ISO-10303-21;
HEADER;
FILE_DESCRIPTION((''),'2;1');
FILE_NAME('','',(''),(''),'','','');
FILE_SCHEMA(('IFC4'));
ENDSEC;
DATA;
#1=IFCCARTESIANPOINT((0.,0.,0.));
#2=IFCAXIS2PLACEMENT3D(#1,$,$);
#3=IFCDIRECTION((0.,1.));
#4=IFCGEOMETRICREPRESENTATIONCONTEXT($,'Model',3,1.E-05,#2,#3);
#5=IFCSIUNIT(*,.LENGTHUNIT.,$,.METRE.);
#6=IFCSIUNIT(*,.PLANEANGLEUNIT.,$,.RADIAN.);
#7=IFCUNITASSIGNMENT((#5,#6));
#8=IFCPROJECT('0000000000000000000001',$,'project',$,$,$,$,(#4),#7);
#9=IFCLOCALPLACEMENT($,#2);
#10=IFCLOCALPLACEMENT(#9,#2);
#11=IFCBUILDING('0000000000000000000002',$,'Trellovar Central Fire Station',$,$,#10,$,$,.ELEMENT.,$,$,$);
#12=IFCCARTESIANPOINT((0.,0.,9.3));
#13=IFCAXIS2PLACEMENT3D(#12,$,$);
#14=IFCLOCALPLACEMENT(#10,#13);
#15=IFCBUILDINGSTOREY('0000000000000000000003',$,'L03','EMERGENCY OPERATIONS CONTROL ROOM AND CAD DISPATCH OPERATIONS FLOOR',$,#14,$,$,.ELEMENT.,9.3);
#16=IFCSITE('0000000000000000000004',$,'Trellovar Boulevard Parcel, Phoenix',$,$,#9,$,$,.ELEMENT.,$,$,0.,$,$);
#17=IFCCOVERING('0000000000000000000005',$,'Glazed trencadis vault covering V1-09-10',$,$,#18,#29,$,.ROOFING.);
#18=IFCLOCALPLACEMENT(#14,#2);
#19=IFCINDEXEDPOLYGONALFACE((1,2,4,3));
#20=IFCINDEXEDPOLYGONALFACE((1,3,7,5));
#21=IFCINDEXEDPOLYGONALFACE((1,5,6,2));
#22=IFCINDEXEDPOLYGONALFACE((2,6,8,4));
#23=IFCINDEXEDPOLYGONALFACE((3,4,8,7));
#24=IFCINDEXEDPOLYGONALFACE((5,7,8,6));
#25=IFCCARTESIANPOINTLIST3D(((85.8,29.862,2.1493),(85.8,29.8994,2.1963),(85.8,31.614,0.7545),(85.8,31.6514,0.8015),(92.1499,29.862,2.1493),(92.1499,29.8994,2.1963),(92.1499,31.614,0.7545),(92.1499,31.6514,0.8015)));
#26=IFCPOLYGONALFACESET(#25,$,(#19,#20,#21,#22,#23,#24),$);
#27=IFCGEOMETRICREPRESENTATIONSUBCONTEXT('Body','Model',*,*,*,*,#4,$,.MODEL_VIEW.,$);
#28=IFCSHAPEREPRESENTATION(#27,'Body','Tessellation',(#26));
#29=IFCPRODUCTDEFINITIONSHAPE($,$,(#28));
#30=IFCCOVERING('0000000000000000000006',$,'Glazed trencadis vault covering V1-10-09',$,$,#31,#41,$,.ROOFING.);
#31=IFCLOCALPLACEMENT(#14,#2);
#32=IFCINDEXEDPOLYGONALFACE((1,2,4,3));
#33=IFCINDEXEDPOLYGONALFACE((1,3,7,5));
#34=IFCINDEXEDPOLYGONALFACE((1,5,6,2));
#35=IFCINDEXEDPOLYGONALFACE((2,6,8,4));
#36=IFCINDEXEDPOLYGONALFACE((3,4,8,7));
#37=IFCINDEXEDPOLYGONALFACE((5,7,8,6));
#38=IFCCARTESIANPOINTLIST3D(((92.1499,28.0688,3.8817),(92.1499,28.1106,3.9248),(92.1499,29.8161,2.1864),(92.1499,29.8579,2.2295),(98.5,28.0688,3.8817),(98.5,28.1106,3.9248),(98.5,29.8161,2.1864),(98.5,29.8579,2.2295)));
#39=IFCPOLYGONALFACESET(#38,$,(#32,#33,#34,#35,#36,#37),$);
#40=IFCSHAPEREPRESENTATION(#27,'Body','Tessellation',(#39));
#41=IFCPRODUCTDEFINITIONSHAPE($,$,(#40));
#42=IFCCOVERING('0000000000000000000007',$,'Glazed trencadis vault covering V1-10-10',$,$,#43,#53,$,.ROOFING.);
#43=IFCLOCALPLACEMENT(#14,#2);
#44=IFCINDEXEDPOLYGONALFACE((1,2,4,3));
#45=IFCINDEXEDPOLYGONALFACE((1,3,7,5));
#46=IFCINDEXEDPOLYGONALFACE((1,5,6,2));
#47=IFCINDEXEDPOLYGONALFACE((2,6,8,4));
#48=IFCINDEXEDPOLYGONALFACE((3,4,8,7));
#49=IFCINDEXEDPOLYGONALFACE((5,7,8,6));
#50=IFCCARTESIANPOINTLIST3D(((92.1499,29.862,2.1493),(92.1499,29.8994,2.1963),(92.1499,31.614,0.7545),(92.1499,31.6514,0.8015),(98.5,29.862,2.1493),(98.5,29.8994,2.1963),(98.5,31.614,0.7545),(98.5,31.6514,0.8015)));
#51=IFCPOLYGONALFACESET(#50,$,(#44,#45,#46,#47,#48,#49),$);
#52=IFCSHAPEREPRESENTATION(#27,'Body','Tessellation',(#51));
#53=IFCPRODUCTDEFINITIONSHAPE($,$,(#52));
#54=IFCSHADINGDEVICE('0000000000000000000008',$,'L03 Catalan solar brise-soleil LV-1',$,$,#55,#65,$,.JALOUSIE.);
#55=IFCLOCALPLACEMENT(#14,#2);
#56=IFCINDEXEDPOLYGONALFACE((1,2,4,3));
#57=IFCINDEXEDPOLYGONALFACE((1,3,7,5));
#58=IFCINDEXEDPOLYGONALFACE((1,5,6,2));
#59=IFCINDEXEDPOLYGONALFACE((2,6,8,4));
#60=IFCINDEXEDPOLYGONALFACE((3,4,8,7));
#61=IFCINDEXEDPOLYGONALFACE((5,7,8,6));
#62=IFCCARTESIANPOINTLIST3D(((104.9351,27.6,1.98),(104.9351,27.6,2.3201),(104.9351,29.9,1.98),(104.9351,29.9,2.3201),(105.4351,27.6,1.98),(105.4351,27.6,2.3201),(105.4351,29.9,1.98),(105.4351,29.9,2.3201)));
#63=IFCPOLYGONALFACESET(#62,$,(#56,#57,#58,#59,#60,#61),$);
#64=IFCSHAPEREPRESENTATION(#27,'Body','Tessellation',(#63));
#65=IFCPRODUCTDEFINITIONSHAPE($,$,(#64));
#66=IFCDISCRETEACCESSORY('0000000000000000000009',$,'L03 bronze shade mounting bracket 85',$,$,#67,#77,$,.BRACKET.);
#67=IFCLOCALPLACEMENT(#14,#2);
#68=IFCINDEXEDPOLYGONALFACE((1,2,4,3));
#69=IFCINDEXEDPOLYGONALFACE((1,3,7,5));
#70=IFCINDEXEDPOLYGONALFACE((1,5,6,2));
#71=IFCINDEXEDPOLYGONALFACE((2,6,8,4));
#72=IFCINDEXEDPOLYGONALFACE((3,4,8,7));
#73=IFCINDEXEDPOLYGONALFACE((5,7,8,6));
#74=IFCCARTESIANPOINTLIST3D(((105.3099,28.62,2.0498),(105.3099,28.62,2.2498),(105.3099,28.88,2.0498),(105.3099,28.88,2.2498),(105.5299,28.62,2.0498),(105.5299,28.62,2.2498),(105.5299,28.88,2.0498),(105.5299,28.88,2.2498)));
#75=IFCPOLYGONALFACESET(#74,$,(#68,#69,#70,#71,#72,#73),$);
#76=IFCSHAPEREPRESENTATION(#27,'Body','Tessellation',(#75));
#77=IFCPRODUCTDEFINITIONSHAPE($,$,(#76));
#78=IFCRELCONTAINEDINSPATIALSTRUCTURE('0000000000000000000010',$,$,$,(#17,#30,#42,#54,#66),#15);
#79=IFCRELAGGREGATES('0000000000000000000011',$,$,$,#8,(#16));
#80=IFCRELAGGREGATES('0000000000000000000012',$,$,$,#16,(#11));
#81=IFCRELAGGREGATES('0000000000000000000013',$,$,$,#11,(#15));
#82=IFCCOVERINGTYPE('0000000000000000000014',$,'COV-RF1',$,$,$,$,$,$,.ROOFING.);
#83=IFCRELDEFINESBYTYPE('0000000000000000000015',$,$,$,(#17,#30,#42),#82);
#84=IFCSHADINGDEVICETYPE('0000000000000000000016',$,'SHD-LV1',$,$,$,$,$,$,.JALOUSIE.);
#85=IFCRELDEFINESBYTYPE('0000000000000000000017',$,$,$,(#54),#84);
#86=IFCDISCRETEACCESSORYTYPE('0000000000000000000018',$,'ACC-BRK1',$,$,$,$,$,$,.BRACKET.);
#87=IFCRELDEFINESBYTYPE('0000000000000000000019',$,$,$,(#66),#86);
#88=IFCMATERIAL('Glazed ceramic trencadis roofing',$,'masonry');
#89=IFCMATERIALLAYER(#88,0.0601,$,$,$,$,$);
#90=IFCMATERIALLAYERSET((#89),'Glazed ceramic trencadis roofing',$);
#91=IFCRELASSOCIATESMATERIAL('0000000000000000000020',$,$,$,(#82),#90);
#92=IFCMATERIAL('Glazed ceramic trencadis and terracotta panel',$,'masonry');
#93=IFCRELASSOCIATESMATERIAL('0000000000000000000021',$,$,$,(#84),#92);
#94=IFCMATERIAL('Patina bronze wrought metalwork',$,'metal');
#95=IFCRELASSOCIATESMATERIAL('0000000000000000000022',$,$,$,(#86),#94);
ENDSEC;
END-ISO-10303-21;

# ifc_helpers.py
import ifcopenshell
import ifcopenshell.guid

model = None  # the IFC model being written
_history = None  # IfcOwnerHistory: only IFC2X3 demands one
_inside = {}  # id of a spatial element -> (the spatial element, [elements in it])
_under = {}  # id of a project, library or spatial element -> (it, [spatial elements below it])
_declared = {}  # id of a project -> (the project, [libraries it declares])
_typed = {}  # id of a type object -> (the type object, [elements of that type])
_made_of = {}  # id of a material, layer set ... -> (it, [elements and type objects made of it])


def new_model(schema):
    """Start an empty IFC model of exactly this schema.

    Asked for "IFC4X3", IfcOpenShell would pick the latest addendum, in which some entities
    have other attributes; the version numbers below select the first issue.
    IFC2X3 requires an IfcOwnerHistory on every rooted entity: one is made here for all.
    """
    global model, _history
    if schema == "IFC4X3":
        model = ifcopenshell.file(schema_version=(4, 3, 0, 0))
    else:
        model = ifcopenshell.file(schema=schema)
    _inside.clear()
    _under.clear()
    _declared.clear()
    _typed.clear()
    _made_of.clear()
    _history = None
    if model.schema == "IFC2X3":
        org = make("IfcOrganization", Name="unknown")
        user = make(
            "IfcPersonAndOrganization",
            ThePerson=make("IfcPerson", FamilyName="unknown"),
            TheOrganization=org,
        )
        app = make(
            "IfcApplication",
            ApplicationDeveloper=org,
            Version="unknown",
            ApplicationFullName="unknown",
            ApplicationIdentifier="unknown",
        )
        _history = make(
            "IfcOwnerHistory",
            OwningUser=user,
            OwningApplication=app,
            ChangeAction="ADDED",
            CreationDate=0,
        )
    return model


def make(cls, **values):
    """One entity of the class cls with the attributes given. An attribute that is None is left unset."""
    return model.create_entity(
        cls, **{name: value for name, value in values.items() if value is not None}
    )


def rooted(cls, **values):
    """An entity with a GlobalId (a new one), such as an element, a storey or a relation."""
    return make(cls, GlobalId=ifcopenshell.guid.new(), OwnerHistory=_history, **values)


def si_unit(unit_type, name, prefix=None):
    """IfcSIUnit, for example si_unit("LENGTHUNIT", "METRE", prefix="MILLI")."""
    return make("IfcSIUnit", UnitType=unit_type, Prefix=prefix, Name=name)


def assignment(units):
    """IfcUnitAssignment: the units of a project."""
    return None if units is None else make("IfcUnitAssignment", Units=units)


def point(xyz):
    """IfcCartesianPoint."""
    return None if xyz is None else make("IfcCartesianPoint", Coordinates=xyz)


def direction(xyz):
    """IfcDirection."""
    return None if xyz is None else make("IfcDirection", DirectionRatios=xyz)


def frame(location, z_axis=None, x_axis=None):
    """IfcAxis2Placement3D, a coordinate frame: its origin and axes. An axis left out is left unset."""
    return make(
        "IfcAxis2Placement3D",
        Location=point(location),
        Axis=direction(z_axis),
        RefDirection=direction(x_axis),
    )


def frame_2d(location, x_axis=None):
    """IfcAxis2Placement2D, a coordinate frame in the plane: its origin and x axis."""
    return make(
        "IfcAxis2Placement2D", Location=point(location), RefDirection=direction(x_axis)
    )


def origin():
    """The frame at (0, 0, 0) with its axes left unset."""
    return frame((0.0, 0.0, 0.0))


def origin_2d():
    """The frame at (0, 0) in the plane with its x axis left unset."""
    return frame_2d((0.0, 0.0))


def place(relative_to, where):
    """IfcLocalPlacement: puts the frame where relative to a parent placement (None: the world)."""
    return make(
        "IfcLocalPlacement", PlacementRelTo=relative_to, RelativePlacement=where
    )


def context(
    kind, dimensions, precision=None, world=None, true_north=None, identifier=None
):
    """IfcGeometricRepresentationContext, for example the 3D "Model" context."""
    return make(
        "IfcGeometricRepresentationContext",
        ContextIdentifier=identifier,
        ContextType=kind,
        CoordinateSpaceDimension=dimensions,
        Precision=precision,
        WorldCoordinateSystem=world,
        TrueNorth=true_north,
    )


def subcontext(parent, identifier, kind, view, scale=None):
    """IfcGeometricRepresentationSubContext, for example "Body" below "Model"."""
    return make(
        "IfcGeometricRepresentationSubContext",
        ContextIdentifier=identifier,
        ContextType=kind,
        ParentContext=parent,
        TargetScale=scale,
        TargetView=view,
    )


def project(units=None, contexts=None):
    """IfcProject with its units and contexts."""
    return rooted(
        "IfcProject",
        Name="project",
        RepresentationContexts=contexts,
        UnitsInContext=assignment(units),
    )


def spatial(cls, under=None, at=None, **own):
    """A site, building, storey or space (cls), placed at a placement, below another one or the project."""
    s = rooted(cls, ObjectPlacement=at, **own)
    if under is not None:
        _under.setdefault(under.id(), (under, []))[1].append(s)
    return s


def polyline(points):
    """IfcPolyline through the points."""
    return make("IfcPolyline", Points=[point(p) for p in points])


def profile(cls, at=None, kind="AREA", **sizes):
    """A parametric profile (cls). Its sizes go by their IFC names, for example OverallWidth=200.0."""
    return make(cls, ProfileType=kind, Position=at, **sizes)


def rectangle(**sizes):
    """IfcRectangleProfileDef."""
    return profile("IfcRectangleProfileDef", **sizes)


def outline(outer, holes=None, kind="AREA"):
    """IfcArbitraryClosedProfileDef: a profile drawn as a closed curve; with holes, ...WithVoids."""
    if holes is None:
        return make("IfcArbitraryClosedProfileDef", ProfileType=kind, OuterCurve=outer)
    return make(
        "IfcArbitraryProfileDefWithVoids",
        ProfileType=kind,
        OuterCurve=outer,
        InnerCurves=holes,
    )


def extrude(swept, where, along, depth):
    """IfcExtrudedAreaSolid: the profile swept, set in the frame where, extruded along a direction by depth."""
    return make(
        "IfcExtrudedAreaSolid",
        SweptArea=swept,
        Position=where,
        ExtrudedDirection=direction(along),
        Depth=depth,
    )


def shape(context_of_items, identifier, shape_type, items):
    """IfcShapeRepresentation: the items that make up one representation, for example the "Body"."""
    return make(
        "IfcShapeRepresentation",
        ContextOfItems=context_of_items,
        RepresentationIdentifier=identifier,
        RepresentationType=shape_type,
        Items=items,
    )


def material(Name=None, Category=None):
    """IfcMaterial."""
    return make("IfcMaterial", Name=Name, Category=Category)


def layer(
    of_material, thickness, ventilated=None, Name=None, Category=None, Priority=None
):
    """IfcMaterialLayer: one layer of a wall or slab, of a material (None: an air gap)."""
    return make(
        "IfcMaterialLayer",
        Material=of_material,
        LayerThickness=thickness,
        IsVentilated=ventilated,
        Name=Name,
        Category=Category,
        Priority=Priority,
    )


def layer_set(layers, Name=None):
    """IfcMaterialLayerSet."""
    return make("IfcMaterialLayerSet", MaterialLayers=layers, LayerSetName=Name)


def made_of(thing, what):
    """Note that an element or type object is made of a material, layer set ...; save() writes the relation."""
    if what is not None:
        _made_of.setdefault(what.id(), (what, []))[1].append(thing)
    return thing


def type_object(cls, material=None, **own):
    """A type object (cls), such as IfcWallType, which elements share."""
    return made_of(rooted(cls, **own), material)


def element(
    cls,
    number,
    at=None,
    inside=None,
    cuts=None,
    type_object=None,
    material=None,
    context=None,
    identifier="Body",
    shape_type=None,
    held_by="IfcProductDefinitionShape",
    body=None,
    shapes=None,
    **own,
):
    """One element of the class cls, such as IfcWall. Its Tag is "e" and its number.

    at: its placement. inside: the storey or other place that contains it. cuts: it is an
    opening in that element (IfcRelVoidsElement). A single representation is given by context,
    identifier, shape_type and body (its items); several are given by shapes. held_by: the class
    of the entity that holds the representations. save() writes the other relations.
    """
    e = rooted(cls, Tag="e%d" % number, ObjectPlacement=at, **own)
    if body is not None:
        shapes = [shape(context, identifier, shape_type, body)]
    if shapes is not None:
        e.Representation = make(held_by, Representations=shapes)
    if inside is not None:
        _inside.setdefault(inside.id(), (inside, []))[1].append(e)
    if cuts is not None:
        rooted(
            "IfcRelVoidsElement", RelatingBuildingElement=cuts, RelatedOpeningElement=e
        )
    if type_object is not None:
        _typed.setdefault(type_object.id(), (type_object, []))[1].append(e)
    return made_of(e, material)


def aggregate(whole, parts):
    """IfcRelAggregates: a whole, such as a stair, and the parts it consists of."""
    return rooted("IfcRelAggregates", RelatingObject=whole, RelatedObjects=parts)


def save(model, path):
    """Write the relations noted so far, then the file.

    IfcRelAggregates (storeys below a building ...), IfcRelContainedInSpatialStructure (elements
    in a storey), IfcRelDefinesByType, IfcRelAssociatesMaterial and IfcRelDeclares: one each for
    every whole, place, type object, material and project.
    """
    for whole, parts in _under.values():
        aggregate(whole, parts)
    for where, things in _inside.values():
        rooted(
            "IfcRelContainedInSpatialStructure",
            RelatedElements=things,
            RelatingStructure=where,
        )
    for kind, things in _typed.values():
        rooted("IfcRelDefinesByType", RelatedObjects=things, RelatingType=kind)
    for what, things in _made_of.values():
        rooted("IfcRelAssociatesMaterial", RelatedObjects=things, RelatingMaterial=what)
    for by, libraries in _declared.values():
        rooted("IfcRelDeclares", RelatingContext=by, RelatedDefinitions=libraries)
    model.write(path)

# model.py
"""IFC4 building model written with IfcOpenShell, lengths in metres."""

from ifc_helpers import new_model, si_unit, direction, frame, origin, origin_2d, place, context, subcontext, project, spatial, polyline, rectangle, outline, extrude, material, layer, layer_set, type_object, element, save


model = new_model("IFC4")

# Units and contexts
model_context = context("Model", 3, precision=1e-05, world=origin(), true_north=direction((0.0, 1.0)))
body_context = subcontext(model_context, "Body", "Model", "MODEL_VIEW")
ifc_project = project(units=[si_unit("LENGTHUNIT", "METRE"), si_unit("PLANEANGLEUNIT", "RADIAN")], contexts=[model_context])

# Site, building, storey
site_placement = place(None, origin())
site = spatial("IfcSite", under=ifc_project, at=site_placement, Name="Trellovar Boulevard Parcel, Phoenix", CompositionType="ELEMENT", RefElevation=0.0)
building_placement = place(site_placement, origin())
building = spatial("IfcBuilding", under=site, at=building_placement, Name="Trellovar Central Fire Station", CompositionType="ELEMENT")
storey_placement = place(building_placement, frame((0.0, 0.0, 9.3)))
storey = spatial("IfcBuildingStorey", under=building, at=storey_placement, Name="L03", Description="EMERGENCY OPERATIONS CONTROL ROOM AND CAD DISPATCH OPERATIONS FLOOR", CompositionType="ELEMENT", Elevation=9.3)

# Coverings
ifc_material_1 = material(Name="Glazed ceramic trencadis roofing", Category="masonry")
ifc_layer_1 = layer(ifc_material_1, 0.0601)
ifc_layer_set_1 = layer_set([ifc_layer_1], Name="Glazed ceramic trencadis roofing")
covering_type = type_object("IfcCoveringType", Name="COV-RF1", PredefinedType="ROOFING", material=ifc_layer_set_1)
covering_1_placement = place(storey_placement, frame((85.8, 29.8994, 2.1963), z_axis=(0.0, 0.622845, 0.782345), x_axis=(1.0, 0.0, 0.0)))
element("IfcCovering", 1, at=covering_1_placement, inside=storey, type_object=covering_type, Name="Glazed trencadis vault covering V1-09-10", PredefinedType="ROOFING", context=body_context, shape_type="SweptSolid", body=[
    extrude(outline(polyline([(0.0, 0.0), (6.3499, 0.0), (6.3499, 2.2394), (0.0, 2.2394), (0.0, 0.0)])), origin(), (0.0, 0.0, -1.0), 0.0601),
])
covering_2_placement = place(storey_placement, frame((92.1499, 28.1106, 3.9248), z_axis=(0.0, 0.696346, 0.717706), x_axis=(1.0, 0.0, 0.0)))
element("IfcCovering", 2, at=covering_2_placement, inside=storey, type_object=covering_type, Name="Glazed trencadis vault covering V1-10-09", PredefinedType="ROOFING", context=body_context, shape_type="SweptSolid", body=[
    extrude(outline(polyline([(0.0, 0.0), (6.3501, 0.0), (6.3501, 2.4346), (0.0, 2.4346), (0.0, 0.0)])), origin(), (0.0, 0.0, -1.0), 0.0601),
])
covering_3_placement = place(storey_placement, frame((92.1499, 29.8994, 2.1963), z_axis=(0.0, 0.622845, 0.782345), x_axis=(1.0, 0.0, 0.0)))
element("IfcCovering", 3, at=covering_3_placement, inside=storey, type_object=covering_type, Name="Glazed trencadis vault covering V1-10-10", PredefinedType="ROOFING", context=body_context, shape_type="SweptSolid", body=[
    extrude(outline(polyline([(0.0, 0.0), (6.3501, 0.0), (6.3501, 2.2394), (0.0, 2.2394), (0.0, 0.0)])), origin(), (0.0, 0.0, -1.0), 0.0601),
])

# Shading device
ifc_material_2 = material(Name="Glazed ceramic trencadis and terracotta panel", Category="masonry")
shading_device_type = type_object("IfcShadingDeviceType", Name="SHD-LV1", PredefinedType="JALOUSIE", material=ifc_material_2)
shading_device_placement = place(storey_placement, frame((105.1851, 28.75, 1.98), z_axis=(0.0, 0.0, 1.0), x_axis=(0.0, 1.0, 0.0)))
element("IfcShadingDevice", 4, at=shading_device_placement, inside=storey, type_object=shading_device_type, Name="L03 Catalan solar brise-soleil LV-1", PredefinedType="JALOUSIE", context=body_context, shape_type="SweptSolid", body=[
    extrude(rectangle(XDim=2.3, YDim=0.5, at=origin_2d()), origin(), (0.0, 0.0, 1.0), 0.3401),
])

# Discrete accessory
ifc_material_3 = material(Name="Patina bronze wrought metalwork", Category="metal")
discrete_accessory_type = type_object("IfcDiscreteAccessoryType", Name="ACC-BRK1", PredefinedType="BRACKET", material=ifc_material_3)
discrete_accessory_placement = place(storey_placement, frame((105.4199, 28.75, 2.0498), z_axis=(0.0, 0.0, 1.0), x_axis=(0.0, 1.0, 0.0)))
element("IfcDiscreteAccessory", 5, at=discrete_accessory_placement, inside=storey, type_object=discrete_accessory_type, Name="L03 bronze shade mounting bracket 85", PredefinedType="BRACKET", context=body_context, shape_type="SweptSolid", body=[
    extrude(rectangle(XDim=0.26, YDim=0.22, at=origin_2d()), origin(), (0.0, 0.0, 1.0), 0.2),
])

save(model, "model.ifc")
